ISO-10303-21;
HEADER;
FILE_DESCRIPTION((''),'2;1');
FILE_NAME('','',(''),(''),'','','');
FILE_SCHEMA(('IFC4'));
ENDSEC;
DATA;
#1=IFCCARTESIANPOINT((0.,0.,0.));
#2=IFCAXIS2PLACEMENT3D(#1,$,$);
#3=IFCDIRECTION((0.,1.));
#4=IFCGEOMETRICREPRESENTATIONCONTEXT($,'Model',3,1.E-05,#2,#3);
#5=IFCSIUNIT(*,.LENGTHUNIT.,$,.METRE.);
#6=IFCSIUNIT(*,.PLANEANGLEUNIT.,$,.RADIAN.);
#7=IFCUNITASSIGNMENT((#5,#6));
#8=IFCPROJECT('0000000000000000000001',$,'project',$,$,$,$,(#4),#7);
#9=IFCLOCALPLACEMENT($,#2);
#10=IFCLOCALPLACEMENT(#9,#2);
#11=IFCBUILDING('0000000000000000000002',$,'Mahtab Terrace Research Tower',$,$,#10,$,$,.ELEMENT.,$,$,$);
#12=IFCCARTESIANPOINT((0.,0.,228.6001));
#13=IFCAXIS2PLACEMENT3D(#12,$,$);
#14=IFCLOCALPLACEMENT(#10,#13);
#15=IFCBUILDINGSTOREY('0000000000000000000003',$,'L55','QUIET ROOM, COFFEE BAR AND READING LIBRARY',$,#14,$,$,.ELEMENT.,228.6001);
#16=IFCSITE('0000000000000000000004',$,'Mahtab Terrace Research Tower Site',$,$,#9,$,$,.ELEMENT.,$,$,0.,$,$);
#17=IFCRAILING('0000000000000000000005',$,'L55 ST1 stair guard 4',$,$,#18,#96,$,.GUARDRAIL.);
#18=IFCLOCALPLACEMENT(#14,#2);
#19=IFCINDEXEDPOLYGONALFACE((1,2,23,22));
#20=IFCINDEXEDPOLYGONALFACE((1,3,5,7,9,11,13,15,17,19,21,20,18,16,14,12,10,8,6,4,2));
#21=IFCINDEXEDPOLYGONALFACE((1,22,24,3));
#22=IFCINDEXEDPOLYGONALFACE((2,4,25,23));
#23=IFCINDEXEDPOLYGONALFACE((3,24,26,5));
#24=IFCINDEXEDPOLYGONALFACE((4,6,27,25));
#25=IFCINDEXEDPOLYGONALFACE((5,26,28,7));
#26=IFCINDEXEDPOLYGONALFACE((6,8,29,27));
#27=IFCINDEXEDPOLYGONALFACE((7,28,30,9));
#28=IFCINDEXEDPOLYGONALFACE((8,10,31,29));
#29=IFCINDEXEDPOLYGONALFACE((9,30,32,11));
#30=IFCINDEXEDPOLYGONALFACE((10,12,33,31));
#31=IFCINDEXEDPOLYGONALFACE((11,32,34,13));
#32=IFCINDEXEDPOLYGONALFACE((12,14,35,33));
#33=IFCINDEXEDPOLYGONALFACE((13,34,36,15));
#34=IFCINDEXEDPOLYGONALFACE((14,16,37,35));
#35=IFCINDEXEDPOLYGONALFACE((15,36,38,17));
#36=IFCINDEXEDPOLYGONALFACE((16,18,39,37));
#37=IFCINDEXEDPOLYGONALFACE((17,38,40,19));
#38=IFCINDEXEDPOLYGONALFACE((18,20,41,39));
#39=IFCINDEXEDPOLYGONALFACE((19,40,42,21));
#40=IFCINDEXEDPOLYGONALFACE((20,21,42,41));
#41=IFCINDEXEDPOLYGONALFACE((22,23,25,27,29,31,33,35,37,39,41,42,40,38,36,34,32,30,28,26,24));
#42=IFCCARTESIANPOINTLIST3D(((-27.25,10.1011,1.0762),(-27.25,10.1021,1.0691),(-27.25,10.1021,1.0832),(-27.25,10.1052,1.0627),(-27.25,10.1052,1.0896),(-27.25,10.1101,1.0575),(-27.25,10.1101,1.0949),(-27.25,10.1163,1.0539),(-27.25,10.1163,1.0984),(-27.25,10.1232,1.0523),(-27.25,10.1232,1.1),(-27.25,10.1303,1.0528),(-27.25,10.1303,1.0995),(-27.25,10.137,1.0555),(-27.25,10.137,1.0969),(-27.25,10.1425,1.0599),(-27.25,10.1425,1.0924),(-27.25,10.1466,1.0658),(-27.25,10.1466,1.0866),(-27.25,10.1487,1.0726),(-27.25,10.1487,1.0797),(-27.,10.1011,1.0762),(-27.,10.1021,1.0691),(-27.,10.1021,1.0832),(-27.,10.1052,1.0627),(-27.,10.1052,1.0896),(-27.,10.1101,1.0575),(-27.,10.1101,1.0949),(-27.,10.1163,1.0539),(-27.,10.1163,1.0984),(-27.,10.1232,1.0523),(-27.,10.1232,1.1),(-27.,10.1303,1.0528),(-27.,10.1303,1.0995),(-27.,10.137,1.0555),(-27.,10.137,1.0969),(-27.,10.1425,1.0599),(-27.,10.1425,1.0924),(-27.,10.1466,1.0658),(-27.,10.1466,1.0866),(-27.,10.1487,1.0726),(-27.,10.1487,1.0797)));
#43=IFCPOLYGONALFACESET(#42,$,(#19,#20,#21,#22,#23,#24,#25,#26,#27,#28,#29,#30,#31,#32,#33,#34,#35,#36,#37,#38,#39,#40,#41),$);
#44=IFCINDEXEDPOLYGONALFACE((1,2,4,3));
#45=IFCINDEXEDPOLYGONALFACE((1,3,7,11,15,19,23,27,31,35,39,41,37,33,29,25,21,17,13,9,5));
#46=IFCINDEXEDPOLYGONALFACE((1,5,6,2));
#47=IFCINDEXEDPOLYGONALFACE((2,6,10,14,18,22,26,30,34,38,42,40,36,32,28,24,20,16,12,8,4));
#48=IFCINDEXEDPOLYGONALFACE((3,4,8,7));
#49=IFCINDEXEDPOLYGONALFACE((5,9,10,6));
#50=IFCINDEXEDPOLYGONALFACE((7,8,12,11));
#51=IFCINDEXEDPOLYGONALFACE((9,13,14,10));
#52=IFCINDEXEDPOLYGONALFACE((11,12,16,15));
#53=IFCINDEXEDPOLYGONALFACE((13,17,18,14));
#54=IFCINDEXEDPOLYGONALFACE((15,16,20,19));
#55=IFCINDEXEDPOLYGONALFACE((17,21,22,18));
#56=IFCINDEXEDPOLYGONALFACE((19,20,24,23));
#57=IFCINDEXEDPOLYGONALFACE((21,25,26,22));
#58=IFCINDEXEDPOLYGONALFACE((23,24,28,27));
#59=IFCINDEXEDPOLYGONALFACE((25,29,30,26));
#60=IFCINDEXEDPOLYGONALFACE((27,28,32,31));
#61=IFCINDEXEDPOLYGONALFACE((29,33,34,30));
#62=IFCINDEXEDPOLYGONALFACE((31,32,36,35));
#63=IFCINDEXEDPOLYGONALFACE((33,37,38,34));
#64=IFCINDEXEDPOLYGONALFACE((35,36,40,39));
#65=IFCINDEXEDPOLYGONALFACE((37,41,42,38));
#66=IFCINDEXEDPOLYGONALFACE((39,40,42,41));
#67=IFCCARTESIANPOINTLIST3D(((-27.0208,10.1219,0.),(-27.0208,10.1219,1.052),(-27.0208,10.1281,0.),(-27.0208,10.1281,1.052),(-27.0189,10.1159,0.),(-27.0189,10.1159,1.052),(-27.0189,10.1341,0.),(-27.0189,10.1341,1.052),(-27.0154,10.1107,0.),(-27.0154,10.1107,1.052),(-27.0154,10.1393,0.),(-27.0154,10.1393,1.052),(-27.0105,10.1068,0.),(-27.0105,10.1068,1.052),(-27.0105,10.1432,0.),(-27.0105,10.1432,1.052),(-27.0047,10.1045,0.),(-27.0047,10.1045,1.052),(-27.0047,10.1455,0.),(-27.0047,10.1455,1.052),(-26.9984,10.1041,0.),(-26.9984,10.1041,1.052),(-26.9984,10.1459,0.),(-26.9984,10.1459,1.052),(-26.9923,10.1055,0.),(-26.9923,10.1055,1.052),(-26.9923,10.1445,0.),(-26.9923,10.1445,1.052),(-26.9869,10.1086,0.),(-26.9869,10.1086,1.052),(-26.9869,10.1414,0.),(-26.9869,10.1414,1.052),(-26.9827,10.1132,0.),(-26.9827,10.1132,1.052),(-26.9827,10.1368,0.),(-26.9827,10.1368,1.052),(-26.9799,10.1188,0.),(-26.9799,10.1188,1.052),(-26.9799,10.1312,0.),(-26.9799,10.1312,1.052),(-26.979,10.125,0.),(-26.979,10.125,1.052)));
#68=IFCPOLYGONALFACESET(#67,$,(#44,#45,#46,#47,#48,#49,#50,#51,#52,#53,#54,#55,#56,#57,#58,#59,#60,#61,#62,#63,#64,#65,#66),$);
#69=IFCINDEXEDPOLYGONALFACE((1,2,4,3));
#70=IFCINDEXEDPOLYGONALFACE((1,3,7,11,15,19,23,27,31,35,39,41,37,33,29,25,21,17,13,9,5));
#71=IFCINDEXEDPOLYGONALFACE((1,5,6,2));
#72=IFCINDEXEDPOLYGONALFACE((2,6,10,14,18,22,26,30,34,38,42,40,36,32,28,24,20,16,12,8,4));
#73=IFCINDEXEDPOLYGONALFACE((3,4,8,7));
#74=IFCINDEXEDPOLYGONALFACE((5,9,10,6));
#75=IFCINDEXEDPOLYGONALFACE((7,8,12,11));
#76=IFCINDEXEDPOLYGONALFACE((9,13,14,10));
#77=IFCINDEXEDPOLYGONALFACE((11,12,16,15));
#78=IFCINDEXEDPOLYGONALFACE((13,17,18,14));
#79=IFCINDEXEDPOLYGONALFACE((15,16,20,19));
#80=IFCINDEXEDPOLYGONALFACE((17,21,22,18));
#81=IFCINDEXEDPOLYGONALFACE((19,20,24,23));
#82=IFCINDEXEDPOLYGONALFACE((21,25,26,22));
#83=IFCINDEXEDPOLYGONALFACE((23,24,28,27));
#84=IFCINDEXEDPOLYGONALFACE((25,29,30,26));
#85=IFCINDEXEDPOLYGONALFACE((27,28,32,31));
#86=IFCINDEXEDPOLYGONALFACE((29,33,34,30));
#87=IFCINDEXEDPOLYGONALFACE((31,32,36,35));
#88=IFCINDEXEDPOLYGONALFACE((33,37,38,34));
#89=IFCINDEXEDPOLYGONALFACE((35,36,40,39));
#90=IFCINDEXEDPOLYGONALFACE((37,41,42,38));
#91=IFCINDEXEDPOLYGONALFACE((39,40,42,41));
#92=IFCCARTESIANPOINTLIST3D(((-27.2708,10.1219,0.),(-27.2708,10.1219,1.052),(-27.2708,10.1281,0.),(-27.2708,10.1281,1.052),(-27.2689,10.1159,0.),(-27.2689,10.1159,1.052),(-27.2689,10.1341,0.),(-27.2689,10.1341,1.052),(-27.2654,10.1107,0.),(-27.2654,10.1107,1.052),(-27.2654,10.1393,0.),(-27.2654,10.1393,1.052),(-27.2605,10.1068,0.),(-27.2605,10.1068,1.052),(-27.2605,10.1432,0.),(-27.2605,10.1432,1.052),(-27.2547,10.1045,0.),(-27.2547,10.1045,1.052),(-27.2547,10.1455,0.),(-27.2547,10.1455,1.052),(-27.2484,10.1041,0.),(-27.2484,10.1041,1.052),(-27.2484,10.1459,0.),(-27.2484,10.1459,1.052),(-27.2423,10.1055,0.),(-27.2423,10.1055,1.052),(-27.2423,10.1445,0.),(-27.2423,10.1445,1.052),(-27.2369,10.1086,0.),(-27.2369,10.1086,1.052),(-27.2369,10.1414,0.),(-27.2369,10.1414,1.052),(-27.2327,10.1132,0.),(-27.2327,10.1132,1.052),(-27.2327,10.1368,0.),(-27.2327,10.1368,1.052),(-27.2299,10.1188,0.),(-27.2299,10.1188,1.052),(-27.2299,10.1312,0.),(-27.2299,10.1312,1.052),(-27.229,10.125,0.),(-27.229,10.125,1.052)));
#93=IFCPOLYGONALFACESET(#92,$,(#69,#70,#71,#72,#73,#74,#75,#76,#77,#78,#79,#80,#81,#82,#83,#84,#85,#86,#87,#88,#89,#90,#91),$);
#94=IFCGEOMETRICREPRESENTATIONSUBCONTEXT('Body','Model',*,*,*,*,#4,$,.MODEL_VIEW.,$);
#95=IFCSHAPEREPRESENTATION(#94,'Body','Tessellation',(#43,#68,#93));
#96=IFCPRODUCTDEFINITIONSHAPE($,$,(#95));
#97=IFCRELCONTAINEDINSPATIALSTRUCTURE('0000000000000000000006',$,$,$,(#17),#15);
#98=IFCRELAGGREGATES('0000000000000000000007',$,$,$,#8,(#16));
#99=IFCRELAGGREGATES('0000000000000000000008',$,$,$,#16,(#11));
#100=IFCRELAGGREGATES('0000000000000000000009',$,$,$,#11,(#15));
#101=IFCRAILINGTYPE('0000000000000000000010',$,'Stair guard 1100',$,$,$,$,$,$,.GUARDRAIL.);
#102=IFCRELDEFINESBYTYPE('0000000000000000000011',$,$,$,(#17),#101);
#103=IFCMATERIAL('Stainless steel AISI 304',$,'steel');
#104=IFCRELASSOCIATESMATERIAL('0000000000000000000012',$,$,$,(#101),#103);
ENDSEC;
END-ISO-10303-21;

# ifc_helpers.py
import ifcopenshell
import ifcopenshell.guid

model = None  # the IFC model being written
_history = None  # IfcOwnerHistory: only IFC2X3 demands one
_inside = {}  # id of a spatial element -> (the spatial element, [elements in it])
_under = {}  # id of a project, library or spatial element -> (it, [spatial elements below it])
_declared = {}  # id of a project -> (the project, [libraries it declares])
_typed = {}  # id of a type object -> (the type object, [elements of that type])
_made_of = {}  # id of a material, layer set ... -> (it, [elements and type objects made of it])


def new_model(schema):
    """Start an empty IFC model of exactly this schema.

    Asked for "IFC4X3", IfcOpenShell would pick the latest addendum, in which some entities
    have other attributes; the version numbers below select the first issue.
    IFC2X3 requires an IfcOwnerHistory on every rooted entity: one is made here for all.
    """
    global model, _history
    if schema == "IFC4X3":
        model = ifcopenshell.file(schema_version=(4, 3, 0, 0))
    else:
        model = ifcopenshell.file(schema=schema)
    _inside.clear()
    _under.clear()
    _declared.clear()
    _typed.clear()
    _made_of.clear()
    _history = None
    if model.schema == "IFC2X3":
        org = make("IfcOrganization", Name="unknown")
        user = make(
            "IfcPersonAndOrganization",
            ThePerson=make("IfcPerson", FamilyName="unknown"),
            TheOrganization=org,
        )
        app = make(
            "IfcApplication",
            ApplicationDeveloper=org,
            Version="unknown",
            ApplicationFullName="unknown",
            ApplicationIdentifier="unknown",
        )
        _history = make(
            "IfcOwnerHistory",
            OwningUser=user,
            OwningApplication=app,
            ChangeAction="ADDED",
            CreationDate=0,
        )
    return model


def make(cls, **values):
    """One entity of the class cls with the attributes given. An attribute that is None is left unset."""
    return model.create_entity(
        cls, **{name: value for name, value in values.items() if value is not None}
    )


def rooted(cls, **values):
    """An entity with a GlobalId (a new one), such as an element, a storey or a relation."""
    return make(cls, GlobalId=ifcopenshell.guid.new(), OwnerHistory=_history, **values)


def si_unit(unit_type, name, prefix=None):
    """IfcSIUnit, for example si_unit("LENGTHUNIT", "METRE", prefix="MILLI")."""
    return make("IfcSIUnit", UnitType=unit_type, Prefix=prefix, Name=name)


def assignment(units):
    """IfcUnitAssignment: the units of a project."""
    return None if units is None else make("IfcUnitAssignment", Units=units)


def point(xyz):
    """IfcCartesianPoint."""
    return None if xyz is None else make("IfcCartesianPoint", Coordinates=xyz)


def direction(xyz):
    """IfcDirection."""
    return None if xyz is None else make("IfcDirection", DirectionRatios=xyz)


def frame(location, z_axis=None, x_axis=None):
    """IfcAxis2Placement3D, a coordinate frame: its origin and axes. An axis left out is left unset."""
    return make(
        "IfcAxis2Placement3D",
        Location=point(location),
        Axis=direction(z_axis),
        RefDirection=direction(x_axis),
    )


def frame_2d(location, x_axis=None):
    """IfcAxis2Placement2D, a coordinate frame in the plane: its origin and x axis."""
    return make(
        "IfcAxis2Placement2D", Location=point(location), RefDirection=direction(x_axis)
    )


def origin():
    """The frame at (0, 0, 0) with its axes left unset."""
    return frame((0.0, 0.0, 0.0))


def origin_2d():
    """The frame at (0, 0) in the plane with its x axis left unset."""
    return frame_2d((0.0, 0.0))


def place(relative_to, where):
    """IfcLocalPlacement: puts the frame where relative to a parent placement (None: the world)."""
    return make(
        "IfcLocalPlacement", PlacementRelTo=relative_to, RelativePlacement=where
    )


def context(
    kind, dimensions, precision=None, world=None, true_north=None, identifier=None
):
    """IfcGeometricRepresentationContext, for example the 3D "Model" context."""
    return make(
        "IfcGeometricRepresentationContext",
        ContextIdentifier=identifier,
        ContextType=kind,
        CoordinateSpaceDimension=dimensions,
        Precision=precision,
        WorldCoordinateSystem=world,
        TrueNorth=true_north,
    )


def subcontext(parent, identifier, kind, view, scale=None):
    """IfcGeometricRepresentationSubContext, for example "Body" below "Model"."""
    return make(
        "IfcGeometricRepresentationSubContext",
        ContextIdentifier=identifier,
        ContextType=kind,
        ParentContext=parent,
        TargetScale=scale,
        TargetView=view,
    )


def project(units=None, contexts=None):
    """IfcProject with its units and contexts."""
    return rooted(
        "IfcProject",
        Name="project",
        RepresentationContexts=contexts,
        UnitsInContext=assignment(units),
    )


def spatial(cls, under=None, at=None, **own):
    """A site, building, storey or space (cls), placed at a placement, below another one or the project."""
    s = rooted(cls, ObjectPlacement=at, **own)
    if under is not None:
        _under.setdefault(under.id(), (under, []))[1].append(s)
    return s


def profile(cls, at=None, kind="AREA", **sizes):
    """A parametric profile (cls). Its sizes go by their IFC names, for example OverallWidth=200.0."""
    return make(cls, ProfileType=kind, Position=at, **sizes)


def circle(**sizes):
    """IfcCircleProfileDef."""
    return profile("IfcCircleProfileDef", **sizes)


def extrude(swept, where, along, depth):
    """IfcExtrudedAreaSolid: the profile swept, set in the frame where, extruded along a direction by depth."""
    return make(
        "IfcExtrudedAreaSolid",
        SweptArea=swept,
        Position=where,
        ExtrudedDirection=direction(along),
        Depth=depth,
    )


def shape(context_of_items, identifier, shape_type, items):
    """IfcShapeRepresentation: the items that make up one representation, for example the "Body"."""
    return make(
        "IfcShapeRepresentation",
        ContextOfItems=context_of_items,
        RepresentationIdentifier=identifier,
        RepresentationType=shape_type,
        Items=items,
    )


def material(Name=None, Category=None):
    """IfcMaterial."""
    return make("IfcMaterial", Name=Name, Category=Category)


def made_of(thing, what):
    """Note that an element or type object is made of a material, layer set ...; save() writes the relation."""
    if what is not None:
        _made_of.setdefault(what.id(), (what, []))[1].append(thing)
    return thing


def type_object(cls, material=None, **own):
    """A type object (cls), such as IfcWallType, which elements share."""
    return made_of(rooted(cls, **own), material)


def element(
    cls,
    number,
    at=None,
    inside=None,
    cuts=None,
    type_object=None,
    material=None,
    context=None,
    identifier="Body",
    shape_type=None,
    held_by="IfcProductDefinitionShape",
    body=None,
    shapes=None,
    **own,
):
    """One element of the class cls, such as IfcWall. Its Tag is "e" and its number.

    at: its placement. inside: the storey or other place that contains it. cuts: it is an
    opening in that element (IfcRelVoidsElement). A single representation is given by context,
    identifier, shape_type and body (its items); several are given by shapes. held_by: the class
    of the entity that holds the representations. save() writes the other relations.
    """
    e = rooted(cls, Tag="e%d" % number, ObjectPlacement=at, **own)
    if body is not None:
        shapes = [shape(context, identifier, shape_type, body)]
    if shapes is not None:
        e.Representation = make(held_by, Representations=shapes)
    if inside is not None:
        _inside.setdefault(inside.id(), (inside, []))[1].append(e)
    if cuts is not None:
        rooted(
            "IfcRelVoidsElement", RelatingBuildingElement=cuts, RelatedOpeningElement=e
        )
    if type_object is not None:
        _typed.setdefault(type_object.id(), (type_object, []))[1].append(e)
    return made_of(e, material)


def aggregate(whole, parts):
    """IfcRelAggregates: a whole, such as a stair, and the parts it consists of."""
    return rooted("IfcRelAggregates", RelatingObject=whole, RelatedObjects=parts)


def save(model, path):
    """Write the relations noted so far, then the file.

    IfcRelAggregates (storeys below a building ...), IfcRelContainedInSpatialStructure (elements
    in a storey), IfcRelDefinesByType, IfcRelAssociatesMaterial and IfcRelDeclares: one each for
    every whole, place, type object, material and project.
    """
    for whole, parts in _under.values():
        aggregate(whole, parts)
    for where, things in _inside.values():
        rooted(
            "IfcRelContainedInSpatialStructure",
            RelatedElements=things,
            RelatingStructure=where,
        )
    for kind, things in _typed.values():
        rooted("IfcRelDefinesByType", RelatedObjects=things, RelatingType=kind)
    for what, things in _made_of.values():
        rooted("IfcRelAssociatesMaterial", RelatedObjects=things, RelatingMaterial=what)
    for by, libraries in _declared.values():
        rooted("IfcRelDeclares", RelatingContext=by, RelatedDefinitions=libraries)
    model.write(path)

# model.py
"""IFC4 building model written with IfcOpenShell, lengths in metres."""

from ifc_helpers import new_model, si_unit, direction, frame, origin, origin_2d, place, context, subcontext, project, spatial, circle, extrude, material, type_object, element, save


model = new_model("IFC4")

# Units and contexts
model_context = context("Model", 3, precision=1e-05, world=origin(), true_north=direction((0.0, 1.0)))
body_context = subcontext(model_context, "Body", "Model", "MODEL_VIEW")
ifc_project = project(units=[si_unit("LENGTHUNIT", "METRE"), si_unit("PLANEANGLEUNIT", "RADIAN")], contexts=[model_context])

# Site, building, storey
site_placement = place(None, origin())
site = spatial("IfcSite", under=ifc_project, at=site_placement, Name="Mahtab Terrace Research Tower Site", CompositionType="ELEMENT", RefElevation=0.0)
building_placement = place(site_placement, origin())
building = spatial("IfcBuilding", under=site, at=building_placement, Name="Mahtab Terrace Research Tower", CompositionType="ELEMENT")
storey_placement = place(building_placement, frame((0.0, 0.0, 228.6001)))
storey = spatial("IfcBuildingStorey", under=building, at=storey_placement, Name="L55", Description="QUIET ROOM, COFFEE BAR AND READING LIBRARY", CompositionType="ELEMENT", Elevation=228.6001)

# Railing
ifc_material_1 = material(Name="Stainless steel AISI 304", Category="steel")
railing_type_1 = type_object("IfcRailingType", Name="Stair guard 1100", PredefinedType="GUARDRAIL", material=ifc_material_1)
railing_1_placement = place(storey_placement, frame((-27.0, 10.125, 0.0)))
element("IfcRailing", 1, at=railing_1_placement, inside=storey, type_object=railing_type_1, Name="L55 ST1 stair guard 4", PredefinedType="GUARDRAIL", context=body_context, shape_type="SweptSolid", body=[
    extrude(circle(Radius=0.0239, at=origin_2d()), frame((0.0, 0.0, 1.0762), z_axis=(-1.0, 0.0, 0.0), x_axis=(0.0, -1.0, 0.0)), (0.0, 0.0, 1.0), 0.25),
    extrude(circle(Radius=0.021, at=origin_2d()), origin(), (0.0, 0.0, 1.0), 1.052),
    extrude(circle(Radius=0.021, at=origin_2d()), frame((-0.25, 0.0, 0.0)), (0.0, 0.0, 1.0), 1.052),
])

save(model, "model.ifc")
